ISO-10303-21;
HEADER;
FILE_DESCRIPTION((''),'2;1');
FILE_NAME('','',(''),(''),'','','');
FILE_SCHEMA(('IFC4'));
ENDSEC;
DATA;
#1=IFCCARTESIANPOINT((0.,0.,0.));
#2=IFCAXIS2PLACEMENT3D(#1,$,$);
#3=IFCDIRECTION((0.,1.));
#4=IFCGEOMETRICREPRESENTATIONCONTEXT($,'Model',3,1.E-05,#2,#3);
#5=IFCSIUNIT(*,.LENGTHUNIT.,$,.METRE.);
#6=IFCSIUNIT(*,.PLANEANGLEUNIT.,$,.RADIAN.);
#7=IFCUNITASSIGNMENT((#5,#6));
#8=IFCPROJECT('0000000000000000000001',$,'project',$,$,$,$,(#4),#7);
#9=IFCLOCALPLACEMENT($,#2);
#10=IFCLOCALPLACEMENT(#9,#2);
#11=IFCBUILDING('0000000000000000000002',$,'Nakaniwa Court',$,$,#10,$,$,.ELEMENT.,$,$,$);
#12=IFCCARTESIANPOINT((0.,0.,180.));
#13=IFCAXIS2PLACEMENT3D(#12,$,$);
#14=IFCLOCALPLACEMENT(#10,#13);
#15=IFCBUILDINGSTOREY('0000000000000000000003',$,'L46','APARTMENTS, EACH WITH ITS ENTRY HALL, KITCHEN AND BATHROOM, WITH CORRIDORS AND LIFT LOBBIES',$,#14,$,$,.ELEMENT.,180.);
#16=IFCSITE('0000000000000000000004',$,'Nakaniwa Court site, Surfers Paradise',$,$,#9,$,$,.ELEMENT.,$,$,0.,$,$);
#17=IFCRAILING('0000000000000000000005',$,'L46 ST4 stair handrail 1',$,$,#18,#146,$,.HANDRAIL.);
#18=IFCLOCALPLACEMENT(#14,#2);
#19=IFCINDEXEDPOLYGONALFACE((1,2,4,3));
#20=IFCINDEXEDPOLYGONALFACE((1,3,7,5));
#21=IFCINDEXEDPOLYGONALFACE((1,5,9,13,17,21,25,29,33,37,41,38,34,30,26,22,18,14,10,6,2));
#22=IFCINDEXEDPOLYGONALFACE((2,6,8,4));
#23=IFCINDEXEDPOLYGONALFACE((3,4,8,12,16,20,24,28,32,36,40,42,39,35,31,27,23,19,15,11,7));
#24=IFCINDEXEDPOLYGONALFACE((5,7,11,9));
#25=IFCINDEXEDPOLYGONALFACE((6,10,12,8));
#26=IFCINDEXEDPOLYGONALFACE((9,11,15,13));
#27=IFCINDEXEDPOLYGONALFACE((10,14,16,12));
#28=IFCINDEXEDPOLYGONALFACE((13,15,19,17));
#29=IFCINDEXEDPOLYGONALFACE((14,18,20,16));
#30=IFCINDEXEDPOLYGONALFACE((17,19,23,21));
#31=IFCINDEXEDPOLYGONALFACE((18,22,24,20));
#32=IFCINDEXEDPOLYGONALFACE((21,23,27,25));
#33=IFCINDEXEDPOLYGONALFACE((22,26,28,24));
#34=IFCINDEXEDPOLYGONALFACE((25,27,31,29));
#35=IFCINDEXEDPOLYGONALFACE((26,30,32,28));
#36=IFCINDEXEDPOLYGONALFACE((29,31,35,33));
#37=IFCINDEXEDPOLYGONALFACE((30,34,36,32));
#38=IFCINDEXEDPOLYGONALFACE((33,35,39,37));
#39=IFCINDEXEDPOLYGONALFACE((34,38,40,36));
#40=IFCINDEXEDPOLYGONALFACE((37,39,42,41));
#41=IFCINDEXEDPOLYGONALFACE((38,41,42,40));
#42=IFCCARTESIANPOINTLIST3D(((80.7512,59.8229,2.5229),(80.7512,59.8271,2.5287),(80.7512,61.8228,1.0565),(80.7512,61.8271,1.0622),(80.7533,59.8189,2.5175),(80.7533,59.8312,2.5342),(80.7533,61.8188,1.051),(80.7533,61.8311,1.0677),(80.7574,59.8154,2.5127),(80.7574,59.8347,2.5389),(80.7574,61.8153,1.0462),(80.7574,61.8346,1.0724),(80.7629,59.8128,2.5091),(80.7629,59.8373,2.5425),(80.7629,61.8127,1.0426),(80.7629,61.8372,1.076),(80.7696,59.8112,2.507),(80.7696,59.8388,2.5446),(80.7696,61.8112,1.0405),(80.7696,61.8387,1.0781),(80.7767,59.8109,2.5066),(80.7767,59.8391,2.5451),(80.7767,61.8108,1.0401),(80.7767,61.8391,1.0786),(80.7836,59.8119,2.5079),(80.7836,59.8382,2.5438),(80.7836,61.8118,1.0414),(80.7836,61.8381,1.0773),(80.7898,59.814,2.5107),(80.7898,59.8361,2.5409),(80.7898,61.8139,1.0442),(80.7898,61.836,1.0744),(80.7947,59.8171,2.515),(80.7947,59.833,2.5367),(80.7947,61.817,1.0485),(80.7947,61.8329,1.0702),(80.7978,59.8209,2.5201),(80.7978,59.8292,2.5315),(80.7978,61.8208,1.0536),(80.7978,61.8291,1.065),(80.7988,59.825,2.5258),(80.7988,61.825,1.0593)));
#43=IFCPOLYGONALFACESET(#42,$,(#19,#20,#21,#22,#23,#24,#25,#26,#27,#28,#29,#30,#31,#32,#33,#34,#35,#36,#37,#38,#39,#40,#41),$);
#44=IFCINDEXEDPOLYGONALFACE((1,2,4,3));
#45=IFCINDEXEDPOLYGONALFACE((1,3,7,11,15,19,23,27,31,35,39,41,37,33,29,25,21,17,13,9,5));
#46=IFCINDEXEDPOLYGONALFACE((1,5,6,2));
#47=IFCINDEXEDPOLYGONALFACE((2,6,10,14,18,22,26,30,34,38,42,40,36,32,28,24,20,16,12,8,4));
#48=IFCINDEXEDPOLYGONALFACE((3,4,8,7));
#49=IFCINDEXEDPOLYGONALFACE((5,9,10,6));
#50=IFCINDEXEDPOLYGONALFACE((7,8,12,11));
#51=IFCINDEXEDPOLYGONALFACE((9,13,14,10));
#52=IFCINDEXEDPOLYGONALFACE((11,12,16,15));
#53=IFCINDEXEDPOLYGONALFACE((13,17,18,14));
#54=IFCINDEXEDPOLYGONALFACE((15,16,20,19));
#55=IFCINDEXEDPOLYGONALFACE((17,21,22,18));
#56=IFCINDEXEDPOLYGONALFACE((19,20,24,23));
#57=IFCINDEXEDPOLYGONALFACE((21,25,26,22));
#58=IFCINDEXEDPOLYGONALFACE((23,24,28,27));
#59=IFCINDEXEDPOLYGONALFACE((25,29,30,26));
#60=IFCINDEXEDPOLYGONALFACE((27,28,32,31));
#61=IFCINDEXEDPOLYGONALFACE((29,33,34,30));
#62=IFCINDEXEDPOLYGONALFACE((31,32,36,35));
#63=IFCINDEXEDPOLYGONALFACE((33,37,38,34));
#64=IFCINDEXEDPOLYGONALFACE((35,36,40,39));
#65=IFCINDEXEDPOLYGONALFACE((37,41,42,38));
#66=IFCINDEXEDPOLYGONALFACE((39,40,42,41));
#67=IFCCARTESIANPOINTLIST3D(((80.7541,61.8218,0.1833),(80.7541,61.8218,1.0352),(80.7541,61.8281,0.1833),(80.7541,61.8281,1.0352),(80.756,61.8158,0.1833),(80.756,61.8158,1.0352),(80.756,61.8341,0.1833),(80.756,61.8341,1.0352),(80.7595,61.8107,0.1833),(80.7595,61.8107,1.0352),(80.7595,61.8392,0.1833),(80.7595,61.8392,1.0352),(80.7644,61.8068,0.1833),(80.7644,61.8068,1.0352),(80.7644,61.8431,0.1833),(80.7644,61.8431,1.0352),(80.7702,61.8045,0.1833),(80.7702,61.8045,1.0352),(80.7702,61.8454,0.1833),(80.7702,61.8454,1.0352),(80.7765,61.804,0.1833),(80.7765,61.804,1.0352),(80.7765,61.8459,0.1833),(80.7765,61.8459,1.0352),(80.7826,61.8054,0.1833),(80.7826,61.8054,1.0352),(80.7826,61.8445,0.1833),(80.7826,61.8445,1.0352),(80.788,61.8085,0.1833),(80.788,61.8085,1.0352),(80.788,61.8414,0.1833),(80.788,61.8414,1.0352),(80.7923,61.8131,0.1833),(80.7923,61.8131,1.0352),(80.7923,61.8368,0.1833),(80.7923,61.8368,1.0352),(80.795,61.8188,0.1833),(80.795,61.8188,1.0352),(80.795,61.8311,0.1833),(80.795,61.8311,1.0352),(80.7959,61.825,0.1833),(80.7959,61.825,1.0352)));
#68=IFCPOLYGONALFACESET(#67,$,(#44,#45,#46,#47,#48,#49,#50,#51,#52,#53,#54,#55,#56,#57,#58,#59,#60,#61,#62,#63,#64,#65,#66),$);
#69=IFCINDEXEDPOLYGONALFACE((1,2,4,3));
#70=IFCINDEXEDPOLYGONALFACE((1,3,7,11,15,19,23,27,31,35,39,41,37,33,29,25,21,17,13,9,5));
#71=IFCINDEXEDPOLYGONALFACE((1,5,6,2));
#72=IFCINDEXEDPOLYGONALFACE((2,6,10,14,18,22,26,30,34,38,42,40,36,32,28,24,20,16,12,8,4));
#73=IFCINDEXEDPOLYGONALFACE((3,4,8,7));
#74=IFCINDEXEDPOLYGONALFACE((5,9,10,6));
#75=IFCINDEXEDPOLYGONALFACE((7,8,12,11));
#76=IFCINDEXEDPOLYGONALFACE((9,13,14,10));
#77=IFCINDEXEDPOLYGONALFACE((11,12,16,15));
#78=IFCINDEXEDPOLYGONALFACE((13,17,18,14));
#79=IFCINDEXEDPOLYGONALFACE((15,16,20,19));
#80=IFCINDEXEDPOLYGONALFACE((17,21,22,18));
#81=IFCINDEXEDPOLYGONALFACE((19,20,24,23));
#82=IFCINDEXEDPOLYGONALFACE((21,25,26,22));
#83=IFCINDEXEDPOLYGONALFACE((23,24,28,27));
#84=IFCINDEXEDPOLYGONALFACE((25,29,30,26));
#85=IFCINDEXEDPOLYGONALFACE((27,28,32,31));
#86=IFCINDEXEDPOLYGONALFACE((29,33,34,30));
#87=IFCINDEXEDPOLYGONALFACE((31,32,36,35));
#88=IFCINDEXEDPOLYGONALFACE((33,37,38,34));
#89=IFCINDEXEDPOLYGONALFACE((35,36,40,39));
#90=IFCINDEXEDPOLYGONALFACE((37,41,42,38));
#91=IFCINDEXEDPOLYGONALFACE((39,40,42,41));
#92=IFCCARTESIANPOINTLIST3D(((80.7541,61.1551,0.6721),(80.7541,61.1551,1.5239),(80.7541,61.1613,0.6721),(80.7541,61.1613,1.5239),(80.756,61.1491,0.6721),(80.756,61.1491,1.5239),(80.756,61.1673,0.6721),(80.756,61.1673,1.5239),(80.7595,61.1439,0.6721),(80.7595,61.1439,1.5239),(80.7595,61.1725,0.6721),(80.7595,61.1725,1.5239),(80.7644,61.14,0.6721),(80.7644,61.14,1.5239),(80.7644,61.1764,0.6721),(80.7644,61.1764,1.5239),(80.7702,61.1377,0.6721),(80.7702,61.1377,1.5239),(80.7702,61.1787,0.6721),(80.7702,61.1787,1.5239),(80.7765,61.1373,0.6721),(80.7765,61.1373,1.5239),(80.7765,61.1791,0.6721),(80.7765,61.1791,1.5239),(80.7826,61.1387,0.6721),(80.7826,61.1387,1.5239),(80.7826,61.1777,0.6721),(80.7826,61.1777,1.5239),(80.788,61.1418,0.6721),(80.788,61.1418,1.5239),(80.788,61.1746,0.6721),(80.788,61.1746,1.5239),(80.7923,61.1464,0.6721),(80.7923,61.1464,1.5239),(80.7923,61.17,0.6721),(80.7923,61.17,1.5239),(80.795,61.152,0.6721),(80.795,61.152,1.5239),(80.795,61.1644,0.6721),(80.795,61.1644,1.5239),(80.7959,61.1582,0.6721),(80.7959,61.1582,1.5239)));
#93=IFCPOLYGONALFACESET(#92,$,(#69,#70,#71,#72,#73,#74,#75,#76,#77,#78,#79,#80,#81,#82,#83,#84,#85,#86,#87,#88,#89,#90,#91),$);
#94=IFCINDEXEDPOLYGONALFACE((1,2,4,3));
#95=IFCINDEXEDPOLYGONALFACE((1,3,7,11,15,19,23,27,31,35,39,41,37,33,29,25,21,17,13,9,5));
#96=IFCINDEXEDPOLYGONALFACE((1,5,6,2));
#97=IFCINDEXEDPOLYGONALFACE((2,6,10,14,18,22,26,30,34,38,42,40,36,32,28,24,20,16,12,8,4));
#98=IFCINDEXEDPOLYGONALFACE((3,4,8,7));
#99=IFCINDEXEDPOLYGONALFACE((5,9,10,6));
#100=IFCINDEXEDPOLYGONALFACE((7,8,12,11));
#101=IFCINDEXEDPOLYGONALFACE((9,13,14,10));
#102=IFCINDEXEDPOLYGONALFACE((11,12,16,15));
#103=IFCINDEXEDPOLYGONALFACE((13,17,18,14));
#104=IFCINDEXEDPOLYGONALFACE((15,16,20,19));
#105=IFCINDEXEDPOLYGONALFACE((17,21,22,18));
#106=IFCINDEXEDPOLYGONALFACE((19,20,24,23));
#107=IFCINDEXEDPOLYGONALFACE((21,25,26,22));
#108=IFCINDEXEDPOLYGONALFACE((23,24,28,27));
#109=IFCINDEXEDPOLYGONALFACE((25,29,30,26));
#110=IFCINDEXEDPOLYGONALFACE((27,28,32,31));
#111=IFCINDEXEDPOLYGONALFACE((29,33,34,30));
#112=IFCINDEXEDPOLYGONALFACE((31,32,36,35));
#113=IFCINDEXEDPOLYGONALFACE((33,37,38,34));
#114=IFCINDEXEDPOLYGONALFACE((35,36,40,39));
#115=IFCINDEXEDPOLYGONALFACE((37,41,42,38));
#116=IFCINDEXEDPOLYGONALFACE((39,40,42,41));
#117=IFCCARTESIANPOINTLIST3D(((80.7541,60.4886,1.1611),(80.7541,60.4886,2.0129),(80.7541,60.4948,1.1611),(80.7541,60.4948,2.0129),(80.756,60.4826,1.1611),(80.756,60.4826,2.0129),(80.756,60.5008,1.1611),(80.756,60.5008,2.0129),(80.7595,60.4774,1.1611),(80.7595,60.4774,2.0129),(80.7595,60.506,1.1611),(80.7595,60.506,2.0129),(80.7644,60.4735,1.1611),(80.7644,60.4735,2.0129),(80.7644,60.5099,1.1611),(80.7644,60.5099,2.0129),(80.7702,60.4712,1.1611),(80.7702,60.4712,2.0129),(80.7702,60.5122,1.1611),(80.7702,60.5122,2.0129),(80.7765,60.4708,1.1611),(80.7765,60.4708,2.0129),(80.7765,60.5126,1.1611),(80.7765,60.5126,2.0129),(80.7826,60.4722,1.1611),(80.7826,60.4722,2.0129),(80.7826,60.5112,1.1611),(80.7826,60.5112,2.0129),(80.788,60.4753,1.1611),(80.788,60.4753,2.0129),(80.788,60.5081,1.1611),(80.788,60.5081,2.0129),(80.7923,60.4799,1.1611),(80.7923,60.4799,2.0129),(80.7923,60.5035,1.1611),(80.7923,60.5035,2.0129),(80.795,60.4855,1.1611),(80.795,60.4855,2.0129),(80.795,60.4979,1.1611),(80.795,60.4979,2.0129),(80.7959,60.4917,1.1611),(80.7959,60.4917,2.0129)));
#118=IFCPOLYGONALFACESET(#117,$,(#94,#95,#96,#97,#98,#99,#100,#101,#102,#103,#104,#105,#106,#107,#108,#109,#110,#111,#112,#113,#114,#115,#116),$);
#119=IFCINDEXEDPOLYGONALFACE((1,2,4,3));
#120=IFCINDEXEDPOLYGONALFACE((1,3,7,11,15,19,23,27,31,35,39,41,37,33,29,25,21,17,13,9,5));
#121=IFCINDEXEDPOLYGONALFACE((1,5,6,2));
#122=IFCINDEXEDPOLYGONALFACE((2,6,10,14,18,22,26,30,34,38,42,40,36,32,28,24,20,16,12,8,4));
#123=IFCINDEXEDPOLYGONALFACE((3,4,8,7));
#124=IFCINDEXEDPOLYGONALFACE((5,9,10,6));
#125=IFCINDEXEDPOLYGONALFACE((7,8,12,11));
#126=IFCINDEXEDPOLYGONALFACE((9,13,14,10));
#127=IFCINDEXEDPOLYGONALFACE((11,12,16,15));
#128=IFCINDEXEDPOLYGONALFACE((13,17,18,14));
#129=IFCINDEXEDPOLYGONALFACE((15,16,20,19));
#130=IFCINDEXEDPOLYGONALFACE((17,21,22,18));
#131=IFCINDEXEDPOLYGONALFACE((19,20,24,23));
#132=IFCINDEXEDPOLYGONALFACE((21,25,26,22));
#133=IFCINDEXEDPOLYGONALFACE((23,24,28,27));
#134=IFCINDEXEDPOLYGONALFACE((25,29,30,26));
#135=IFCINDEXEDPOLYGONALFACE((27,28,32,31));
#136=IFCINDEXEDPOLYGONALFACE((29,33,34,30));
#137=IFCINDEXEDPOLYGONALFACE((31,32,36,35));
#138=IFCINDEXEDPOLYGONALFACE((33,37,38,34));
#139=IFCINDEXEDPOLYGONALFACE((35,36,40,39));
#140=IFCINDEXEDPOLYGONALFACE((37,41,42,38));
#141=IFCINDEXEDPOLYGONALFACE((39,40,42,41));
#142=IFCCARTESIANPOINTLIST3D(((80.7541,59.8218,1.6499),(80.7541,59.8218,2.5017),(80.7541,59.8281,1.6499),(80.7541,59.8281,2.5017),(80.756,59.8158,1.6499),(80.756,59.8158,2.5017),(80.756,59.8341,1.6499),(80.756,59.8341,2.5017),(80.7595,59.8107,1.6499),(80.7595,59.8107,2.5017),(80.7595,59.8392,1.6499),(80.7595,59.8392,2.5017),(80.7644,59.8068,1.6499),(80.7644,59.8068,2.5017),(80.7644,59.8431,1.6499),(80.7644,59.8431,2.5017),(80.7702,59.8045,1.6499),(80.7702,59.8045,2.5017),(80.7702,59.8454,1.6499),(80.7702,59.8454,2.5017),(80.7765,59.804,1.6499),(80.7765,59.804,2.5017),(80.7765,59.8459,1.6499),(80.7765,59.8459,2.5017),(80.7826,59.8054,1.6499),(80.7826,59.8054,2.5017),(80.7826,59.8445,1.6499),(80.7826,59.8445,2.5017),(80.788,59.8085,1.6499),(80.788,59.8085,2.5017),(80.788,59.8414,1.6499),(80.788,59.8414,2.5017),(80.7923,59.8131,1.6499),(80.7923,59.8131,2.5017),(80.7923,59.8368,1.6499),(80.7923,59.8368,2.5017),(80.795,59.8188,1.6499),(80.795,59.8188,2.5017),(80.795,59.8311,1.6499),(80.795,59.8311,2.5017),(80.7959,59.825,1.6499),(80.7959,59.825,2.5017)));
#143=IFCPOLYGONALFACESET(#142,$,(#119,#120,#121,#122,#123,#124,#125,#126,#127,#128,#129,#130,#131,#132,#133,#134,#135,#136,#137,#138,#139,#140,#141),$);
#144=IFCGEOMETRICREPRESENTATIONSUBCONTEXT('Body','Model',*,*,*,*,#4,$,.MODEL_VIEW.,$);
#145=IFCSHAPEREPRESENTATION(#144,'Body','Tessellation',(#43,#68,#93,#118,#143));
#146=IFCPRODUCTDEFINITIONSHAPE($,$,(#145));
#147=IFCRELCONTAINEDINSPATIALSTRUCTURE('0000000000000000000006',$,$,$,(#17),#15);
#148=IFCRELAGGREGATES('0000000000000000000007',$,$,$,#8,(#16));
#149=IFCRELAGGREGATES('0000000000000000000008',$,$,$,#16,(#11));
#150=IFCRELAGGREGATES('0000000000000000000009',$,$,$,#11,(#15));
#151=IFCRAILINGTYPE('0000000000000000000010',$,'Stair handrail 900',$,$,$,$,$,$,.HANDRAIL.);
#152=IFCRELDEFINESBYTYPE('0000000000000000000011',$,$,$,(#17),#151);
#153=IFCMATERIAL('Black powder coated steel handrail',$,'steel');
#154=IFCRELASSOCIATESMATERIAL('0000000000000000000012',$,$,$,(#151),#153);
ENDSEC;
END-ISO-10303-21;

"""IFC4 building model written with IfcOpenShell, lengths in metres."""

from ifc_helpers import new_model, si_unit, direction, frame, origin, origin_2d, place, context, subcontext, project, spatial, circle, extrude, material, type_object, element, save


model = new_model("IFC4")

# Units and contexts
model_context = context("Model", 3, precision=1e-05, world=origin(), true_north=direction((0.0, 1.0)))
body_context = subcontext(model_context, "Body", "Model", "MODEL_VIEW")
ifc_project = project(units=[si_unit("LENGTHUNIT", "METRE"), si_unit("PLANEANGLEUNIT", "RADIAN")], contexts=[model_context])

# Site, building, storey
site_placement = place(None, origin())
site = spatial("IfcSite", under=ifc_project, at=site_placement, Name="Nakaniwa Court site, Surfers Paradise", CompositionType="ELEMENT", RefElevation=0.0)
building_placement = place(site_placement, origin())
building = spatial("IfcBuilding", under=site, at=building_placement, Name="Nakaniwa Court", CompositionType="ELEMENT")
storey_placement = place(building_placement, frame((0.0, 0.0, 180.0)))
storey = spatial("IfcBuildingStorey", under=building, at=storey_placement, Name="L46", Description="APARTMENTS, EACH WITH ITS ENTRY HALL, KITCHEN AND BATHROOM, WITH CORRIDORS AND LIFT LOBBIES", CompositionType="ELEMENT", Elevation=180.0)

# Railing
ifc_material_1 = material(Name="Black powder coated steel handrail", Category="steel")
railing_type_1 = type_object("IfcRailingType", Name="Stair handrail 900", PredefinedType="HANDRAIL", material=ifc_material_1)
railing_1_placement = place(storey_placement, frame((80.7749, 61.825, 0.1833)))
element("IfcRailing", 1, at=railing_1_placement, inside=storey, type_object=railing_type_1, Name="L46 ST4 stair handrail 1", PredefinedType="HANDRAIL", context=body_context, shape_type="SweptSolid", body=[
    extrude(circle(Radius=0.0239, at=origin_2d()), frame((0.0, 0.0, 0.876), z_axis=(0.0, -0.806427, 0.591334), x_axis=(1.0, 0.0, 0.0)), (0.0, 0.0, 1.0), 2.48),
    extrude(circle(Radius=0.021, at=origin_2d()), origin(), (0.0, 0.0, 1.0), 0.8518),
    extrude(circle(Radius=0.021, at=origin_2d()), frame((0.0, -0.6667, 0.4888)), (0.0, 0.0, 1.0), 0.8518),
    extrude(circle(Radius=0.021, at=origin_2d()), frame((0.0, -1.3333, 0.9778)), (0.0, 0.0, 1.0), 0.8518),
    extrude(circle(Radius=0.021, at=origin_2d()), frame((0.0, -2.0, 1.4666)), (0.0, 0.0, 1.0), 0.8518),
])

save(model, "model.ifc")
